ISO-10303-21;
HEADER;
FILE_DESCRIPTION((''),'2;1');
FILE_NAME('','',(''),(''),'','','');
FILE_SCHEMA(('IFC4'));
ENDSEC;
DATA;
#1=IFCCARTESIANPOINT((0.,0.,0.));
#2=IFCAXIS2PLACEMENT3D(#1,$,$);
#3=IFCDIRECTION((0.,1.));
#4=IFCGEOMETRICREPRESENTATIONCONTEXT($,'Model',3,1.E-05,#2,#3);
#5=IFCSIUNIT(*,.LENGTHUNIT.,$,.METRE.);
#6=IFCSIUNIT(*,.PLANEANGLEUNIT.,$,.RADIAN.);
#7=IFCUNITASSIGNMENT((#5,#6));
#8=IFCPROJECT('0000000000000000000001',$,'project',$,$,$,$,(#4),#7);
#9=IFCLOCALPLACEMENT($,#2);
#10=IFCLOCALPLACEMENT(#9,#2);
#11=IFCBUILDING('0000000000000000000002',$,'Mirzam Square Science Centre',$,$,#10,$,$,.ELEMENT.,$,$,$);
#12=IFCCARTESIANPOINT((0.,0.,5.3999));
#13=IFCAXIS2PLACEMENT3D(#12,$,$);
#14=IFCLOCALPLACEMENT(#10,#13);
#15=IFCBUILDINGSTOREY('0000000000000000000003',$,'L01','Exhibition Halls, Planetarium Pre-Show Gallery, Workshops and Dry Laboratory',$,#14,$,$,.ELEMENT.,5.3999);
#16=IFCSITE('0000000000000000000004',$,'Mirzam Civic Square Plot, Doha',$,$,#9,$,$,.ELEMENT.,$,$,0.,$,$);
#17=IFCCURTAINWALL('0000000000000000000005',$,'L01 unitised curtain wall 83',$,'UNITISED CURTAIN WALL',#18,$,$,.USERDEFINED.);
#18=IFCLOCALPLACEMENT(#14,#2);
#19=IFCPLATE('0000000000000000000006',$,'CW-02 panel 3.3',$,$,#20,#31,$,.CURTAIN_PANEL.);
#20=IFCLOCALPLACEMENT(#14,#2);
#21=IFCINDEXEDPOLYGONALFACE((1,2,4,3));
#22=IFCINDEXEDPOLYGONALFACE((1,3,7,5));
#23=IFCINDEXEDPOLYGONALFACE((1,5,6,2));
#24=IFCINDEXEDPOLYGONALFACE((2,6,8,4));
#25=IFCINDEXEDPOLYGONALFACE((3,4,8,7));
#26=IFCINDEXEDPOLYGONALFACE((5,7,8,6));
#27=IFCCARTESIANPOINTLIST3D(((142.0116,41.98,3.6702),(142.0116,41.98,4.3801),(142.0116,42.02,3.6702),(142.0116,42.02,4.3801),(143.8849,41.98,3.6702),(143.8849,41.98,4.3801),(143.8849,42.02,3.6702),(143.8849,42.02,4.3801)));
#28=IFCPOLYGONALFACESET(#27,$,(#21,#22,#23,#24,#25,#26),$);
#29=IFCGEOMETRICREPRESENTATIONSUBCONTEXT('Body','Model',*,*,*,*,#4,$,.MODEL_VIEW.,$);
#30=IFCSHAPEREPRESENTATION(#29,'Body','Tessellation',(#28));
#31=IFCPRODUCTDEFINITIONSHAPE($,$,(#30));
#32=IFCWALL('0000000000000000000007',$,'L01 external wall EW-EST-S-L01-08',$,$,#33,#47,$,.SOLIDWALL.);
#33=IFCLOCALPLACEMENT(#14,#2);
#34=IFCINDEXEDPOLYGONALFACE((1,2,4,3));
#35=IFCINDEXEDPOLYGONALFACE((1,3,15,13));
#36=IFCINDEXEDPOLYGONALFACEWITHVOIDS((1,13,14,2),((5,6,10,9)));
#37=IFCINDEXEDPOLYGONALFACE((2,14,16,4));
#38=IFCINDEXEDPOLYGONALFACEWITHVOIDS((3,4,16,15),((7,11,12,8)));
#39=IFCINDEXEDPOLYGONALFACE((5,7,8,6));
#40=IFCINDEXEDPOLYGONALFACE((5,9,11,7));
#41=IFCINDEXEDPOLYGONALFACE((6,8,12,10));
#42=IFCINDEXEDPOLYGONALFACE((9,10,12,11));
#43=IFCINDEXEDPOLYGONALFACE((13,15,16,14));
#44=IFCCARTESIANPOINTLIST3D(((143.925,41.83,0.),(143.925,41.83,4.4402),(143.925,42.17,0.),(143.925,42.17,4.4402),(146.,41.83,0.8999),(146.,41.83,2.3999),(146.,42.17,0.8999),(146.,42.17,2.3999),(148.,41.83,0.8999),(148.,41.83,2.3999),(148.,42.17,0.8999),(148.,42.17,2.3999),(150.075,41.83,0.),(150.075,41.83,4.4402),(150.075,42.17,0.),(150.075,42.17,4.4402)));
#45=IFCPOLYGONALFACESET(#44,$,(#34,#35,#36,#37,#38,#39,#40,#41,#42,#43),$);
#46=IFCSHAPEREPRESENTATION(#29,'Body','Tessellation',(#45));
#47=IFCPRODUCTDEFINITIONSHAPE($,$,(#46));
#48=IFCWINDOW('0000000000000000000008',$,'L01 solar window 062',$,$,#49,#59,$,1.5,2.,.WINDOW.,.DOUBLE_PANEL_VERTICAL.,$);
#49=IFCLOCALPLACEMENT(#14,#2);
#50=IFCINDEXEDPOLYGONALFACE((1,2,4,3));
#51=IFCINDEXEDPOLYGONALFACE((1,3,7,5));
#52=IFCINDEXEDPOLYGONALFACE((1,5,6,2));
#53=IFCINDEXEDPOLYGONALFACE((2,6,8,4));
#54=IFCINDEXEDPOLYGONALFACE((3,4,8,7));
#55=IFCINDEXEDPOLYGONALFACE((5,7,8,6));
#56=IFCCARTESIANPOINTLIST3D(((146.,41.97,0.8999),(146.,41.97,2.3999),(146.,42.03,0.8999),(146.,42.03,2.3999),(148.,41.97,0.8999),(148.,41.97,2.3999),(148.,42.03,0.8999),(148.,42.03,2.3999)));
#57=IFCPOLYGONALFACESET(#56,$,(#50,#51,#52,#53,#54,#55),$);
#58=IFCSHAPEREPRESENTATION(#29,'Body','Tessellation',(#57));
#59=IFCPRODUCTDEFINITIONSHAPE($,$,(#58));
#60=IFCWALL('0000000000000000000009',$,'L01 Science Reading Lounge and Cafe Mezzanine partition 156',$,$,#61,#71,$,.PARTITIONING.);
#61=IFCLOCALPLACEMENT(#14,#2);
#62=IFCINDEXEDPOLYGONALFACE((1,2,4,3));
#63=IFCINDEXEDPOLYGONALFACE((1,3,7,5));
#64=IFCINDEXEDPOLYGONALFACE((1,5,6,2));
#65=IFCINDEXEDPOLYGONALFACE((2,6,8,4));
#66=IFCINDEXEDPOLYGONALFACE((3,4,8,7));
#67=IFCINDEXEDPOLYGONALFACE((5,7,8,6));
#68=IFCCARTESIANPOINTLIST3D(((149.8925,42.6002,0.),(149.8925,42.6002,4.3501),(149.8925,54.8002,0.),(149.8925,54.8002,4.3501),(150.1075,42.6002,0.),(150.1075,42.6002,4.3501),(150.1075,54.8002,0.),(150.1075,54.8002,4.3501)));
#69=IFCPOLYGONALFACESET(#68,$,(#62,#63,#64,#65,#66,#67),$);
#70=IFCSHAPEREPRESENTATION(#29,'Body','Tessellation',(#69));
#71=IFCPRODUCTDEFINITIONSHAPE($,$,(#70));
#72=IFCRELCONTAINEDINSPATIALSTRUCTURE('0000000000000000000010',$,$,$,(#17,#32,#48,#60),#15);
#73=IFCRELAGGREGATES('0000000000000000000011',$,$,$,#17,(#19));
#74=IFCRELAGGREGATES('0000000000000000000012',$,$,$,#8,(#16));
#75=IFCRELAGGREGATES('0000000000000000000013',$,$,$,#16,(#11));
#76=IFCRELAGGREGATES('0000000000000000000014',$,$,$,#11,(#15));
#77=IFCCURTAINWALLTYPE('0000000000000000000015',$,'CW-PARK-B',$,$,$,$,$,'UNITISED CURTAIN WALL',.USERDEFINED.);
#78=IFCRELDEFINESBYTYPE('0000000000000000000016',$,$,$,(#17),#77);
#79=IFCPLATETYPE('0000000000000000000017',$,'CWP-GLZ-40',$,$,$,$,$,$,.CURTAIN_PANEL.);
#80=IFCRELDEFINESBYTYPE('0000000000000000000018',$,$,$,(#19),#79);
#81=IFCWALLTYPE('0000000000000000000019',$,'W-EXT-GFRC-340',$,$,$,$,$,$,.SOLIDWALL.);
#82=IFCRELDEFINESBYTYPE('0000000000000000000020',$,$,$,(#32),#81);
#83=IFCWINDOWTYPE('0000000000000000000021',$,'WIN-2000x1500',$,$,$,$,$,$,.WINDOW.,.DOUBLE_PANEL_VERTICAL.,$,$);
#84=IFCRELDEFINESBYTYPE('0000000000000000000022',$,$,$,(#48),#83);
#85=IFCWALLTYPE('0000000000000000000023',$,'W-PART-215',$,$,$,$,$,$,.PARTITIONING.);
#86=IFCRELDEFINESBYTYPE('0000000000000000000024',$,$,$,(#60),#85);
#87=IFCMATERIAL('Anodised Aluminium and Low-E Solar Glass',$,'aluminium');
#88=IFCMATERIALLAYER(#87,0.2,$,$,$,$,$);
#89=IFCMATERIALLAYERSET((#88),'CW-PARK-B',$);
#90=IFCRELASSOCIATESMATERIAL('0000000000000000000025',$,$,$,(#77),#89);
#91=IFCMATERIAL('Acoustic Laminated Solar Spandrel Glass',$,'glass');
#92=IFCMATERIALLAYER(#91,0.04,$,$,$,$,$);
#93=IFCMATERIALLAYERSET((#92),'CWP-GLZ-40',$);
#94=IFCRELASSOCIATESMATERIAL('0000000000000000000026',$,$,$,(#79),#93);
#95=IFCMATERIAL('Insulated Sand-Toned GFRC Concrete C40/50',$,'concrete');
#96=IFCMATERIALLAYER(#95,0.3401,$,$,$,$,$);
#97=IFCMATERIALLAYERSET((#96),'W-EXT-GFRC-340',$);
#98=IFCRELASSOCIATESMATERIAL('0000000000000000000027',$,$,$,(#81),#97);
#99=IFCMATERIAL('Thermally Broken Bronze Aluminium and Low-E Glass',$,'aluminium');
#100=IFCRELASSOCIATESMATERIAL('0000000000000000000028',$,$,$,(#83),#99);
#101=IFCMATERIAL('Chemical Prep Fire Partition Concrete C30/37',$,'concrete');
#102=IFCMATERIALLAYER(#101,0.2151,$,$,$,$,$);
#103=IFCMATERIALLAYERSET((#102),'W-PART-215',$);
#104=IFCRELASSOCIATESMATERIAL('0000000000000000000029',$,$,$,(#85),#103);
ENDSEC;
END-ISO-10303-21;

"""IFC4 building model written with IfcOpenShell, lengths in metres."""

from ifc_helpers import new_model, si_unit, direction, frame, frame_2d, origin, origin_2d, place, context, subcontext, project, spatial, rectangle, extrude, material, layer, layer_set, type_object, element, fill, aggregate, save


model = new_model("IFC4")

# Units and contexts
model_context = context("Model", 3, precision=1e-05, world=origin(), true_north=direction((0.0, 1.0)))
body_context = subcontext(model_context, "Body", "Model", "MODEL_VIEW")
ifc_project = project(units=[si_unit("LENGTHUNIT", "METRE"), si_unit("PLANEANGLEUNIT", "RADIAN")], contexts=[model_context])

# Site, building, storey
site_placement = place(None, origin())
site = spatial("IfcSite", under=ifc_project, at=site_placement, Name="Mirzam Civic Square Plot, Doha", CompositionType="ELEMENT", RefElevation=0.0)
building_placement = place(site_placement, origin())
building = spatial("IfcBuilding", under=site, at=building_placement, Name="Mirzam Square Science Centre", CompositionType="ELEMENT")
storey_placement = place(building_placement, frame((0.0, 0.0, 5.3999)))
storey = spatial("IfcBuildingStorey", under=building, at=storey_placement, Name="L01", Description="Exhibition Halls, Planetarium Pre-Show Gallery, Workshops and Dry Laboratory", CompositionType="ELEMENT", Elevation=5.3999)

# Curtain wall
ifc_material_1 = material(Name="Anodised Aluminium and Low-E Solar Glass", Category="aluminium")
ifc_layer_1 = layer(ifc_material_1, 0.2)
ifc_layer_set_1 = layer_set([ifc_layer_1], Name="CW-PARK-B")
curtain_wall_type_1 = type_object("IfcCurtainWallType", Name="CW-PARK-B", ElementType="UNITISED CURTAIN WALL", PredefinedType="USERDEFINED", material=ifc_layer_set_1)
curtain_wall_1_placement = place(storey_placement, origin())
curtain_wall_1 = element("IfcCurtainWall", 1, at=curtain_wall_1_placement, inside=storey, type_object=curtain_wall_type_1, Name="L01 unitised curtain wall 83", ObjectType="UNITISED CURTAIN WALL", PredefinedType="USERDEFINED")

# Plate
ifc_material_2 = material(Name="Acoustic Laminated Solar Spandrel Glass", Category="glass")
ifc_layer_2 = layer(ifc_material_2, 0.04)
ifc_layer_set_2 = layer_set([ifc_layer_2], Name="CWP-GLZ-40")
plate_type = type_object("IfcPlateType", Name="CWP-GLZ-40", PredefinedType="CURTAIN_PANEL", material=ifc_layer_set_2)
plate_1_placement = place(storey_placement, frame((142.9482, 42.0, 3.6702), z_axis=(0.0, 0.0, 1.0), x_axis=(1.0, 0.0, 0.0)))
plate_1 = element("IfcPlate", 2, at=plate_1_placement, type_object=plate_type, Name="CW-02 panel 3.3", PredefinedType="CURTAIN_PANEL", context=body_context, shape_type="SweptSolid", body=[
    extrude(rectangle(XDim=1.8733, YDim=0.04, at=origin_2d()), origin(), (0.0, 0.0, 1.0), 0.71),
])
aggregate(curtain_wall_1, [plate_1])

# Wall, opening, window
ifc_material_3 = material(Name="Insulated Sand-Toned GFRC Concrete C40/50", Category="concrete")
ifc_layer_3 = layer(ifc_material_3, 0.3401)
ifc_layer_set_3 = layer_set([ifc_layer_3], Name="W-EXT-GFRC-340")
wall_type_1 = type_object("IfcWallType", Name="W-EXT-GFRC-340", PredefinedType="SOLIDWALL", material=ifc_layer_set_3)
wall_1_placement = place(storey_placement, frame((143.925, 42.0, 0.0), z_axis=(0.0, 0.0, 1.0), x_axis=(1.0, 0.0, 0.0)))
wall_1 = element("IfcWall", 3, at=wall_1_placement, inside=storey, type_object=wall_type_1, Name="L01 external wall EW-EST-S-L01-08", PredefinedType="SOLIDWALL", context=body_context, shape_type="SweptSolid", body=[
    extrude(rectangle(XDim=6.1499, YDim=0.3401, at=frame_2d((3.075, 0.0))), origin(), (0.0, 0.0, 1.0), 4.4402),
])
opening_placement = place(wall_1_placement, frame((2.075, 0.0, 0.8999)))
opening = element("IfcOpeningElement", 4, at=opening_placement, cuts=wall_1, PredefinedType="OPENING", context=body_context, shape_type="SweptSolid", body=[
    extrude(rectangle(XDim=2.0, YDim=1.5, at=frame_2d((1.0, 0.75))), frame((0.0, 0.1799, 0.0), z_axis=(0.0, -1.0, 0.0), x_axis=(1.0, 0.0, 0.0)), (0.0, 0.0, 1.0), 0.3601),
])
ifc_material_4 = material(Name="Thermally Broken Bronze Aluminium and Low-E Glass", Category="aluminium")
window_type = type_object("IfcWindowType", Name="WIN-2000x1500", PartitioningType="DOUBLE_PANEL_VERTICAL", PredefinedType="WINDOW", material=ifc_material_4)
window_placement = place(opening_placement, origin())
window = element("IfcWindow", 5, at=window_placement, inside=storey, type_object=window_type, Name="L01 solar window 062", OverallHeight=1.5, OverallWidth=2.0, PartitioningType="DOUBLE_PANEL_VERTICAL", PredefinedType="WINDOW", context=body_context, shape_type="SweptSolid", body=[
    extrude(rectangle(XDim=2.0, YDim=1.5, at=frame_2d((1.0, 0.75))), frame((0.0, 0.03, 0.0), z_axis=(0.0, -1.0, 0.0), x_axis=(1.0, 0.0, 0.0)), (0.0, 0.0, 1.0), 0.0601),
])
fill(opening, window)

# Wall
ifc_material_5 = material(Name="Chemical Prep Fire Partition Concrete C30/37", Category="concrete")
ifc_layer_4 = layer(ifc_material_5, 0.2151)
ifc_layer_set_4 = layer_set([ifc_layer_4], Name="W-PART-215")
wall_type_2 = type_object("IfcWallType", Name="W-PART-215", PredefinedType="PARTITIONING", material=ifc_layer_set_4)
wall_2_placement = place(storey_placement, frame((150.0, 42.6001, 0.0), z_axis=(0.0, 0.0, 1.0), x_axis=(0.0, 1.0, 0.0)))
element("IfcWall", 6, at=wall_2_placement, inside=storey, type_object=wall_type_2, Name="L01 Science Reading Lounge and Cafe Mezzanine partition 156", PredefinedType="PARTITIONING", context=body_context, shape_type="SweptSolid", body=[
    extrude(rectangle(XDim=12.2, YDim=0.2151, at=frame_2d((6.1001, 0.0))), origin(), (0.0, 0.0, 1.0), 4.3501),
])

save(model, "model.ifc")
